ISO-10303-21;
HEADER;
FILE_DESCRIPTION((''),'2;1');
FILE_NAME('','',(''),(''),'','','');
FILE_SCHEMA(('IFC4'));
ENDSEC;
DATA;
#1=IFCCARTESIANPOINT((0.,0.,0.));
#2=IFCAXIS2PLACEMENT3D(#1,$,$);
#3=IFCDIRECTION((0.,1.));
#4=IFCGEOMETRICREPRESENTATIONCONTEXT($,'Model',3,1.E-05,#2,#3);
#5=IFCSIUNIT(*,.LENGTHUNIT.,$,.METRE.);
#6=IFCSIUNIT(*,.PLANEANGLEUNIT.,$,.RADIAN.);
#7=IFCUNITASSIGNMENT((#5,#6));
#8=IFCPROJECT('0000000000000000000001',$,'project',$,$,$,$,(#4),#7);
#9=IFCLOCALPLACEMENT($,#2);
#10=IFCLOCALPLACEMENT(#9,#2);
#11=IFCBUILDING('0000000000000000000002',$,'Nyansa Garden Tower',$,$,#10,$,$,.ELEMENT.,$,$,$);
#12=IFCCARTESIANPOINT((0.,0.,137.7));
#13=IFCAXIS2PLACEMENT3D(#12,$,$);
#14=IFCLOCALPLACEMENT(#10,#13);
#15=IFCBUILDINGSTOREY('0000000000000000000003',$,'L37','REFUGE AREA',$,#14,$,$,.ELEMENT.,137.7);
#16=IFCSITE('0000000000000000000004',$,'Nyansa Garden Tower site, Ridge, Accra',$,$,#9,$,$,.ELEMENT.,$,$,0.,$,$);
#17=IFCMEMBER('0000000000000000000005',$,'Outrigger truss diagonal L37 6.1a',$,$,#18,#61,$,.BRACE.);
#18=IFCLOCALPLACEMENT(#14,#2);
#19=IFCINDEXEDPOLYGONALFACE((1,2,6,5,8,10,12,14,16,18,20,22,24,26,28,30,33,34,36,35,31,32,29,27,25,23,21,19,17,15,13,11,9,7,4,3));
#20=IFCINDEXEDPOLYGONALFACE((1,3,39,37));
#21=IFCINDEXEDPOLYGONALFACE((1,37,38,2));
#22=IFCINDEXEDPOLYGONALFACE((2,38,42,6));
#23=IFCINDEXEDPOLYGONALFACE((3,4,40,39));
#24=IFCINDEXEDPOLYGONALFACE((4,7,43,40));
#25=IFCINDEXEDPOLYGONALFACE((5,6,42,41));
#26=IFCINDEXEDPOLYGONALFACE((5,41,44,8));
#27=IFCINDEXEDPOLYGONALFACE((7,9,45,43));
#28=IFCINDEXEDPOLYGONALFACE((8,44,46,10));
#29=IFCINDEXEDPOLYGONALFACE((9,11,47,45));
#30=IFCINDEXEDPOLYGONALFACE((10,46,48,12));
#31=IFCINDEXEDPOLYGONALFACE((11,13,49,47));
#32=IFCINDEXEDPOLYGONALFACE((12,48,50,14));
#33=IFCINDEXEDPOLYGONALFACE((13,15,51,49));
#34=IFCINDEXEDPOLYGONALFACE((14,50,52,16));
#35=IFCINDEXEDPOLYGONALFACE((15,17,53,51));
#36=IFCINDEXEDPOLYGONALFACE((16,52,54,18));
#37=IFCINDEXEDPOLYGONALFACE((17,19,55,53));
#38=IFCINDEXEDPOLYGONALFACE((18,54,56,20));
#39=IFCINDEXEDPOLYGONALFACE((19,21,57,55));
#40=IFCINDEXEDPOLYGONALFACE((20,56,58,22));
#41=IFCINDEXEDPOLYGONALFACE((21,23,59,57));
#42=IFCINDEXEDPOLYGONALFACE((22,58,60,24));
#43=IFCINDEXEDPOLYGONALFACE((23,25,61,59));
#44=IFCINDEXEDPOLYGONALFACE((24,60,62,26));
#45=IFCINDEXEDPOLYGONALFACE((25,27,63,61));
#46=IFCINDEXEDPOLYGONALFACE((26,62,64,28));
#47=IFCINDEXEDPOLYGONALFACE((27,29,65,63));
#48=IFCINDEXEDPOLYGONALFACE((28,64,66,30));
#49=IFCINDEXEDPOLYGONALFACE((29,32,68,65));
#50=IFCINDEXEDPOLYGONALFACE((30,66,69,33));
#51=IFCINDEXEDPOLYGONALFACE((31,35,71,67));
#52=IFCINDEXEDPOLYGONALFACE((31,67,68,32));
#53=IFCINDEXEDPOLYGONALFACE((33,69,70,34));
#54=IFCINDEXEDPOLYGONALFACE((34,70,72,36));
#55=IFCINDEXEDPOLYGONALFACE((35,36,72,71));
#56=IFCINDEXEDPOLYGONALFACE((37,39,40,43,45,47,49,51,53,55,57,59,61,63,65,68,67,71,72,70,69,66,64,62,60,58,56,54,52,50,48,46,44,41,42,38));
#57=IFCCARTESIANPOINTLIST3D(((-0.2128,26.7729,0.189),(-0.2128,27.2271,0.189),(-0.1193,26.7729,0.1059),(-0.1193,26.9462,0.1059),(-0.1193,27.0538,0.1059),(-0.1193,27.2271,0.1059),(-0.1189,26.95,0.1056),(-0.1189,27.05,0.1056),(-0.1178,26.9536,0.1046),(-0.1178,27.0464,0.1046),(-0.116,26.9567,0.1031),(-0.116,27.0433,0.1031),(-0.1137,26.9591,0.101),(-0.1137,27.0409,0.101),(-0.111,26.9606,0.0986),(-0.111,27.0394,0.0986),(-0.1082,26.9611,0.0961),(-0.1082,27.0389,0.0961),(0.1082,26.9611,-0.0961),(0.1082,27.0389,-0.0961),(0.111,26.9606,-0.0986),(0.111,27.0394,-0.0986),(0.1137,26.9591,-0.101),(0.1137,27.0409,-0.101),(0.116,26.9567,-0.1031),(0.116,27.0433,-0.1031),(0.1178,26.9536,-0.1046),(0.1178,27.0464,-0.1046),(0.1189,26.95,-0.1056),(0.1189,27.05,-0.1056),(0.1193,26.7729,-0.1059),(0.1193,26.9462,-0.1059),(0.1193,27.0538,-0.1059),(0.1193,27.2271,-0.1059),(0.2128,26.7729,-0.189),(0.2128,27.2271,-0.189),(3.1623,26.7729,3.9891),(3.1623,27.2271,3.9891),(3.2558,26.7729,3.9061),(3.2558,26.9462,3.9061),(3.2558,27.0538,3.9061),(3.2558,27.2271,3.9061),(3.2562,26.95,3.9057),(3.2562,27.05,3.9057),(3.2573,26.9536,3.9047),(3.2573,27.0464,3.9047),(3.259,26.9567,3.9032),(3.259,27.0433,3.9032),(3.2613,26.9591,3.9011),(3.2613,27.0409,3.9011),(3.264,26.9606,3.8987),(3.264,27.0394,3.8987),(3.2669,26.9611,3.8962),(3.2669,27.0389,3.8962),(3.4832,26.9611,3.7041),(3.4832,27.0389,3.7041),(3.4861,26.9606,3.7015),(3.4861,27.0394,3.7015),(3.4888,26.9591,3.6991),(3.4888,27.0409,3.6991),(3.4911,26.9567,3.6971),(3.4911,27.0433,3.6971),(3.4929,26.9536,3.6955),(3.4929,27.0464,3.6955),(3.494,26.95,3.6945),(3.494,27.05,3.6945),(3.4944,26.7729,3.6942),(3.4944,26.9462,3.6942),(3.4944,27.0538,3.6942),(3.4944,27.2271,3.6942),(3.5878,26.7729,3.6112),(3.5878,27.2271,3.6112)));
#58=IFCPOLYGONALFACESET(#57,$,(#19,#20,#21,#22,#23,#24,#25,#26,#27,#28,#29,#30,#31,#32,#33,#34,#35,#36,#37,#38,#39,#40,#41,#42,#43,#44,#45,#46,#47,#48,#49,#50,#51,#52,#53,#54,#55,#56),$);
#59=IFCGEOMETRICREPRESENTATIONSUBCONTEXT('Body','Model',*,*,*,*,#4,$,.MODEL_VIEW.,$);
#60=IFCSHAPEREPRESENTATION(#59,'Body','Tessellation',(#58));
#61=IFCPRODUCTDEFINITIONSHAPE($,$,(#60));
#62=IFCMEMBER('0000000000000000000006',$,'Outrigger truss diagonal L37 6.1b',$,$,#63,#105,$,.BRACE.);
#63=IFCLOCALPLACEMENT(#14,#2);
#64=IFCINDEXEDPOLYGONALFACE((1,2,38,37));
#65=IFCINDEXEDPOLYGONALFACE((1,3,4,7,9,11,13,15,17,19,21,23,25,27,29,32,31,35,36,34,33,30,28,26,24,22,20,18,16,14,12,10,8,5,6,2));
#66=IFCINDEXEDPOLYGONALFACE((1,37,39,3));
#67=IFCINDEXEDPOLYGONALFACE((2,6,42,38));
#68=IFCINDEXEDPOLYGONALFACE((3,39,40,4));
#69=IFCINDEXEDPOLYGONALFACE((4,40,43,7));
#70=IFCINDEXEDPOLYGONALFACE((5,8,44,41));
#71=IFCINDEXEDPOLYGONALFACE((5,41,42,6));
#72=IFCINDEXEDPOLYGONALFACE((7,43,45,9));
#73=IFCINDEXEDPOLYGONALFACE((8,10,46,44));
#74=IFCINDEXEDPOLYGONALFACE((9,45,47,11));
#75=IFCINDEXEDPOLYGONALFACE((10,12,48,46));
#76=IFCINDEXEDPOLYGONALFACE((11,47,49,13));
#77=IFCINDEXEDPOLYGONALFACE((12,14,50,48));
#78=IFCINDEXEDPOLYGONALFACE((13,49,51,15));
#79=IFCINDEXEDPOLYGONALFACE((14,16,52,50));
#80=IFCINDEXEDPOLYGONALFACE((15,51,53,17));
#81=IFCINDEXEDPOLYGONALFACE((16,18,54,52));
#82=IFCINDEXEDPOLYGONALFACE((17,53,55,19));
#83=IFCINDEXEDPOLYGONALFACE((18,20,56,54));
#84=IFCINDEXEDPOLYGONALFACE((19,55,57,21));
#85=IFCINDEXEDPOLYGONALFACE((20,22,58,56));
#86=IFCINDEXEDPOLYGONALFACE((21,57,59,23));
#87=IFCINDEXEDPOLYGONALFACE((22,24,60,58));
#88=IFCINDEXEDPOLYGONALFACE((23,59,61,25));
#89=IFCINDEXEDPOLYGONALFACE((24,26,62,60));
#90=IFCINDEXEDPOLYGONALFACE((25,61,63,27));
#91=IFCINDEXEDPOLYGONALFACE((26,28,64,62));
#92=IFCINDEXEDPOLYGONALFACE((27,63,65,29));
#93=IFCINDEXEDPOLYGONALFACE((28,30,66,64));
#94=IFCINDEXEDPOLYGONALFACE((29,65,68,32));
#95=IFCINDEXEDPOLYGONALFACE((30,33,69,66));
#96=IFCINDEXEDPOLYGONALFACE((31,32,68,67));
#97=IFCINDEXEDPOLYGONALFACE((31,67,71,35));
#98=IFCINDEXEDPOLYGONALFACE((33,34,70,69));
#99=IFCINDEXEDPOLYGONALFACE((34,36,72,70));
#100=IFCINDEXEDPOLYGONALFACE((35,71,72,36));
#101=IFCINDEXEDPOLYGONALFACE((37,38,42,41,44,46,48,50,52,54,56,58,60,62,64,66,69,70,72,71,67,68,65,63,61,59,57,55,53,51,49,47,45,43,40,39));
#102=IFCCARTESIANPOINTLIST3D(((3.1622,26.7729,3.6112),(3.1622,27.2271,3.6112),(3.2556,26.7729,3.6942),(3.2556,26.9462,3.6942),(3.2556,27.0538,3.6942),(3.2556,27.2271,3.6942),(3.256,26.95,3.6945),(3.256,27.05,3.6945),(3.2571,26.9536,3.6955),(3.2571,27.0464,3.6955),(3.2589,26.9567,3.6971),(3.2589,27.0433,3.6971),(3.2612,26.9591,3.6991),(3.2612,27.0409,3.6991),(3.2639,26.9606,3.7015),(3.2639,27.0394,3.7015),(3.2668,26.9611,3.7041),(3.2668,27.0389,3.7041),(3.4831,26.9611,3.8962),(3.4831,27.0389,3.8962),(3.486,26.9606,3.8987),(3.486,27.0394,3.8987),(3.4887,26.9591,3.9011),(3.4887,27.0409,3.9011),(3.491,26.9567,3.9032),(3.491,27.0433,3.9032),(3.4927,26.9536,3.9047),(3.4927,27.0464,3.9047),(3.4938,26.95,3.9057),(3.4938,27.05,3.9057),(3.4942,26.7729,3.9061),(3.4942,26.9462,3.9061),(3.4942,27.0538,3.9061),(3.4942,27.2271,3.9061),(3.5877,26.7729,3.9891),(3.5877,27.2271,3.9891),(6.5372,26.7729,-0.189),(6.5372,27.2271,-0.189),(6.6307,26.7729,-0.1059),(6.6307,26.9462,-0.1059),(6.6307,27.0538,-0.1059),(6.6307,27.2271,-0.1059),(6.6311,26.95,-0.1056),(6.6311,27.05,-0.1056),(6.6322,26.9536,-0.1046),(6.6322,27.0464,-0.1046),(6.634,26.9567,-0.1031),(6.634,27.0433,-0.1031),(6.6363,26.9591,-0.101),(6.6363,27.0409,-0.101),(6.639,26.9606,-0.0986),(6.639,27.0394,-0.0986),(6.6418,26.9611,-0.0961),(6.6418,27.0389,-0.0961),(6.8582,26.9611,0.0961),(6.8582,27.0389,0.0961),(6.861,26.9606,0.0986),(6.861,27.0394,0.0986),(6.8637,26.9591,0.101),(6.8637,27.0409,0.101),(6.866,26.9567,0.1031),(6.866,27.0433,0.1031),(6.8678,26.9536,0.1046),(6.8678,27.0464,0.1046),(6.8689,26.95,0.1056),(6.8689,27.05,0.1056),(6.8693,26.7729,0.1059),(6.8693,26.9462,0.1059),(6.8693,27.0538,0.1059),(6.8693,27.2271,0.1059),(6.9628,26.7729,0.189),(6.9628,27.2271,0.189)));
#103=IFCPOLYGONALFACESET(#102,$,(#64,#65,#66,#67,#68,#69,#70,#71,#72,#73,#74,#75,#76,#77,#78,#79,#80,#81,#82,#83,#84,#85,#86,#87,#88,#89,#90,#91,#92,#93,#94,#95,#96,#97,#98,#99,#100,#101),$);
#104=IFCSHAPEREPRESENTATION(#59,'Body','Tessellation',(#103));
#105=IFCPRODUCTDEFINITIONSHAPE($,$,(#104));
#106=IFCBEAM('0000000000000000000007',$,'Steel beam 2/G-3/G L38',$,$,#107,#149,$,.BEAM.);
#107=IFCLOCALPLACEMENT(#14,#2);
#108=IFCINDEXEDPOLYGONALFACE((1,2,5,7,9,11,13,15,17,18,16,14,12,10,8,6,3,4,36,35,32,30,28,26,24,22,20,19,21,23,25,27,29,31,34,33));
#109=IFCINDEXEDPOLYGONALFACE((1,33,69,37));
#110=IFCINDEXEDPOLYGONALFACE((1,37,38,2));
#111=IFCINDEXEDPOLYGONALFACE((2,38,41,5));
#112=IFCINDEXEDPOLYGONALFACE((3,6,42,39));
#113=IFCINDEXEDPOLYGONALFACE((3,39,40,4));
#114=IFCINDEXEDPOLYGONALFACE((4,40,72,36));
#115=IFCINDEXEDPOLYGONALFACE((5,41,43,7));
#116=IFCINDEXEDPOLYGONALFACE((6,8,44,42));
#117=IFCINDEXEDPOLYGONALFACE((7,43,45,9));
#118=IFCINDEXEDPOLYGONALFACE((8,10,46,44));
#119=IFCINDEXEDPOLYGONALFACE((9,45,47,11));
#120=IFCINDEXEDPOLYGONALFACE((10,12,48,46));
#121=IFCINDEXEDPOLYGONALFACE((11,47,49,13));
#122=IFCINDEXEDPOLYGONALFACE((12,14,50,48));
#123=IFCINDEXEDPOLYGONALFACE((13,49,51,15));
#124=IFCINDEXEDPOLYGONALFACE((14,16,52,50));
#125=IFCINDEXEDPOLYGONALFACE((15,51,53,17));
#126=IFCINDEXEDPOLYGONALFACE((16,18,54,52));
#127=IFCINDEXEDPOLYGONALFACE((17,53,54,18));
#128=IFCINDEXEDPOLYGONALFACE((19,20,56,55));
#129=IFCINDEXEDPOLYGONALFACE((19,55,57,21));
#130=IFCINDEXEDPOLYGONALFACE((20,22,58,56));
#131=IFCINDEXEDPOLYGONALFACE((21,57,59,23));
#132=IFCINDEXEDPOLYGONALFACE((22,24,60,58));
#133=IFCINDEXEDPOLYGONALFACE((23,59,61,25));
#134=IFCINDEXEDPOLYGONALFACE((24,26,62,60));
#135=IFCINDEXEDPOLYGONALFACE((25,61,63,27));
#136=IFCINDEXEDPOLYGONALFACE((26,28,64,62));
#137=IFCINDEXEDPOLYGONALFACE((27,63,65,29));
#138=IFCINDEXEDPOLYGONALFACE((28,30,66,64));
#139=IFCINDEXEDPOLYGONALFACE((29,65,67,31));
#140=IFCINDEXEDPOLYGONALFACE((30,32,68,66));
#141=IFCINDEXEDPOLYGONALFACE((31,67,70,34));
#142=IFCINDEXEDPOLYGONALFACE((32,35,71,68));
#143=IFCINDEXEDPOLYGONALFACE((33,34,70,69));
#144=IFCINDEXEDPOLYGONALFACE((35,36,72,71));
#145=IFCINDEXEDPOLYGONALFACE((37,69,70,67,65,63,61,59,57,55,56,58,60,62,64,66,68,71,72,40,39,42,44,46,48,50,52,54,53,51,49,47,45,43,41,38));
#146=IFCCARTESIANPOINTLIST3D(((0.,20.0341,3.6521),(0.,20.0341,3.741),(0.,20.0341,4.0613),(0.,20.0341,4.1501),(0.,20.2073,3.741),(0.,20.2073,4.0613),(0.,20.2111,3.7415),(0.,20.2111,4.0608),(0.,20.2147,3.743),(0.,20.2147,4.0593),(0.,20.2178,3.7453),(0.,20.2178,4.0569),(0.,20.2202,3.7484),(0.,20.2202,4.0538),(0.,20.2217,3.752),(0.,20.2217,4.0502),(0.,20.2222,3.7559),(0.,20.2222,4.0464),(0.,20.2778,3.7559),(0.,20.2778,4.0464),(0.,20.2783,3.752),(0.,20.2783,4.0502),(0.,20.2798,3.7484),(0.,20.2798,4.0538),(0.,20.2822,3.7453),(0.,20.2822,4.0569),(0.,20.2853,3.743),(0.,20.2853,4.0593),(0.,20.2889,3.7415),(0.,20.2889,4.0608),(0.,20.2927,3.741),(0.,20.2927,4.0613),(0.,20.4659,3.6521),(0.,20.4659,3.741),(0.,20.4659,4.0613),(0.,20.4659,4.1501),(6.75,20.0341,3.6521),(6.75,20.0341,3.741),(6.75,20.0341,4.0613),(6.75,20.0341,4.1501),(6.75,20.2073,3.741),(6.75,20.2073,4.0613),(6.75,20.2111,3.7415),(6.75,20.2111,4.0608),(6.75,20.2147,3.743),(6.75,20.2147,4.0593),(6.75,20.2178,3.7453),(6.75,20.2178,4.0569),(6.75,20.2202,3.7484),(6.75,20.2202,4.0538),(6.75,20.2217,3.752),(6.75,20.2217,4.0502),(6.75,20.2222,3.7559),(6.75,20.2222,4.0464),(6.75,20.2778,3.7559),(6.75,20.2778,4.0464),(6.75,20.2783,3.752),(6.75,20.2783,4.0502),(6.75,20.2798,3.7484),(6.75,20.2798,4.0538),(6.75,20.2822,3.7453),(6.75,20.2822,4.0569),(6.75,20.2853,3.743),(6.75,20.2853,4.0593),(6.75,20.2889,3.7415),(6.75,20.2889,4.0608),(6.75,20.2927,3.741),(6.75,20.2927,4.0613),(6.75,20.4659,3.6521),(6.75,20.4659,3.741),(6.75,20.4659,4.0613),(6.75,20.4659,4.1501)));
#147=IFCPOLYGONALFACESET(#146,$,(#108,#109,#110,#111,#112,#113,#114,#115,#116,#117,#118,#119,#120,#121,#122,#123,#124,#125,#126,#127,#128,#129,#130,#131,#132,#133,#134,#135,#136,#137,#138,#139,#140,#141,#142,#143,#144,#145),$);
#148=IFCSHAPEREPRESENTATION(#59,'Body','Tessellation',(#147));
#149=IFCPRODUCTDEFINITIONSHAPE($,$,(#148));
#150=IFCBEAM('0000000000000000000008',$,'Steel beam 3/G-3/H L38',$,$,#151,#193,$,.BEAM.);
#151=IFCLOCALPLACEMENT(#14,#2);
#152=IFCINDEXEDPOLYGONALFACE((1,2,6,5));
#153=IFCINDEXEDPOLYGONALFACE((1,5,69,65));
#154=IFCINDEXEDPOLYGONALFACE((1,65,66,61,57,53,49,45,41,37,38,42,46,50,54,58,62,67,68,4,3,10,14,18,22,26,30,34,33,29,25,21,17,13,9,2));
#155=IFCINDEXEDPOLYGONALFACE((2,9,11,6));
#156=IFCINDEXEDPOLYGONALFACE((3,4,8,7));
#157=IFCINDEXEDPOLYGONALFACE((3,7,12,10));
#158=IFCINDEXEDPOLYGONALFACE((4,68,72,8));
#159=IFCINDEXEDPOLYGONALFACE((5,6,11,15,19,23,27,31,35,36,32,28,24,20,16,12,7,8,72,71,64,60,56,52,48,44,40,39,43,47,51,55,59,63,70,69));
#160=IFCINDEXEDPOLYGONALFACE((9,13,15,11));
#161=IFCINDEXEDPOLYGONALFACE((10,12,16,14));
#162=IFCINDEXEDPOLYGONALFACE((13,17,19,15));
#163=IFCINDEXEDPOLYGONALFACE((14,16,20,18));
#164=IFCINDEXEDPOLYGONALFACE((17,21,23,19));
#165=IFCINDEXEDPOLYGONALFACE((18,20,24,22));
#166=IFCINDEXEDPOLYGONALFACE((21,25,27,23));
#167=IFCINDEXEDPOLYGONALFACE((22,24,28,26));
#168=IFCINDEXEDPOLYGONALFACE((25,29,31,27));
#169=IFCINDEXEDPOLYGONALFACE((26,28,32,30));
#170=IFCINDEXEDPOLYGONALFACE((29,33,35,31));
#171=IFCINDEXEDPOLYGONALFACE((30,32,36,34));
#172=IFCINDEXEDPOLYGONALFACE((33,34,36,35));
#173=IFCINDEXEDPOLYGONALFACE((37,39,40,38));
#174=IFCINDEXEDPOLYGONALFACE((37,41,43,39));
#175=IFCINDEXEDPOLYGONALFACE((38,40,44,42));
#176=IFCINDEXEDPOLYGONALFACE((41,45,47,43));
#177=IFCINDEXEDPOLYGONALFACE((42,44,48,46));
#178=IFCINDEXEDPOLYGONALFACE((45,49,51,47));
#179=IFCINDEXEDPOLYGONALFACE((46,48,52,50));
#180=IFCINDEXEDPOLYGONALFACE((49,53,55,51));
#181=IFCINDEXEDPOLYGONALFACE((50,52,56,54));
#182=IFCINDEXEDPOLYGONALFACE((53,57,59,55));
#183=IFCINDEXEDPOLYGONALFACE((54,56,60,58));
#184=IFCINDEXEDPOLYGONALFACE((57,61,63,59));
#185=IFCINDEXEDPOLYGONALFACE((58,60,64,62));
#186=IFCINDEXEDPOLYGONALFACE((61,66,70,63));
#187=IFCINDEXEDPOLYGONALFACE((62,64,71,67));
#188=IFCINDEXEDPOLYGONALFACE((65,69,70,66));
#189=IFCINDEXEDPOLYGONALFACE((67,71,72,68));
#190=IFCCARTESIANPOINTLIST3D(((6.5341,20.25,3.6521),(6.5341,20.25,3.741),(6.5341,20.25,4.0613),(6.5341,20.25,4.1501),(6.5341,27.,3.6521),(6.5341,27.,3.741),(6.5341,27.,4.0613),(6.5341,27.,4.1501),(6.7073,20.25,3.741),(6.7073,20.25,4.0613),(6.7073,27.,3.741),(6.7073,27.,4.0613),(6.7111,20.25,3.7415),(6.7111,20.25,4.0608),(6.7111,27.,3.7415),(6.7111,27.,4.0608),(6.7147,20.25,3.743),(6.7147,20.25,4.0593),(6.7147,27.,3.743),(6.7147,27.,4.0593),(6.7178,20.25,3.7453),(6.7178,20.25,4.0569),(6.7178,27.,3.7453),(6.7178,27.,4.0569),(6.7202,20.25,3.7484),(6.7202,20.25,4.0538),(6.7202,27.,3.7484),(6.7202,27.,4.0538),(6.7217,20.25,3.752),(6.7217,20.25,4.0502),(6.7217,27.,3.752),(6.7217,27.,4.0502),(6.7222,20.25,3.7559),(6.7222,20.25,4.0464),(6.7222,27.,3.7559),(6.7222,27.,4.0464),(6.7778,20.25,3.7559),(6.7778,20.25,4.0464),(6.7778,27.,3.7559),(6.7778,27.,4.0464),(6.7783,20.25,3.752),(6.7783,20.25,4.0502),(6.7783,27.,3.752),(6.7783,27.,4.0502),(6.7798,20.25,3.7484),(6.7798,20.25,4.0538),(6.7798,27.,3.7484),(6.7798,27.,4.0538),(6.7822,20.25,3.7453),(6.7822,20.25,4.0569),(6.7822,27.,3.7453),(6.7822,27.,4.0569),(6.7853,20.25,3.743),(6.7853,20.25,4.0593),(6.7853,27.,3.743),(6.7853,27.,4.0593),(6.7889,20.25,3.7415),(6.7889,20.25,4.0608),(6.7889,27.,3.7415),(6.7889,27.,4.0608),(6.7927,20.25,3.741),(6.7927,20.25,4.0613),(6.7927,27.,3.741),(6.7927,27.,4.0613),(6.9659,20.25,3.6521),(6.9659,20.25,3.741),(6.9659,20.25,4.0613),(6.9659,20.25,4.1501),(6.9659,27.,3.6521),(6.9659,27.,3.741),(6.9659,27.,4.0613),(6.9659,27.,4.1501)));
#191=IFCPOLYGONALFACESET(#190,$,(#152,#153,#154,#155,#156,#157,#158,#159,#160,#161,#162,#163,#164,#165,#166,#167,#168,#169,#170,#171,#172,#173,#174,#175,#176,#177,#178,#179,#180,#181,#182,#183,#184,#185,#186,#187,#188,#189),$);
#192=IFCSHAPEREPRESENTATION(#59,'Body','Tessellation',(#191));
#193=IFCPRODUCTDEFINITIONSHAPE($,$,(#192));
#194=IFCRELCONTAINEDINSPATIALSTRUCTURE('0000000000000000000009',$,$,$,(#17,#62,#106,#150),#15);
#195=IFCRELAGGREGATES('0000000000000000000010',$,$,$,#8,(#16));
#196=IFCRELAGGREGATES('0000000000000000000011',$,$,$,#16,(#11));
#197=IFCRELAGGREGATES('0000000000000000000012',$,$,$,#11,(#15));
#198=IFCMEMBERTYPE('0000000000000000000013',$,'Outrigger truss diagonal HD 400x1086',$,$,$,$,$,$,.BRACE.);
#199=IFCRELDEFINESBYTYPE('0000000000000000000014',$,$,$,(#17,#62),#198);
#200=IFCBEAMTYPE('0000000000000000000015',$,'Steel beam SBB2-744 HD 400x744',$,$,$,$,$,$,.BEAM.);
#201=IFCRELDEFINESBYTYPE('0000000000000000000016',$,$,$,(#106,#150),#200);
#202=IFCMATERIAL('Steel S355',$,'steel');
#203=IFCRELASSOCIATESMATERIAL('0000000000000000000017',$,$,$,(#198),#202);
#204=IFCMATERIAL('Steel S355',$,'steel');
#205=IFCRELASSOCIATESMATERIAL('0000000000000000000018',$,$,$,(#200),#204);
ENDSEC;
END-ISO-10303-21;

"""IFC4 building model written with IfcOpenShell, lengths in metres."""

from ifc_helpers import new_model, si_unit, direction, frame, origin, origin_2d, place, context, subcontext, project, spatial, i_section, extrude, material, material_profile, profile_set, type_object, element, save


model = new_model("IFC4")

# Units and contexts
model_context = context("Model", 3, precision=1e-05, world=origin(), true_north=direction((0.0, 1.0)))
body_context = subcontext(model_context, "Body", "Model", "MODEL_VIEW")
ifc_project = project(units=[si_unit("LENGTHUNIT", "METRE"), si_unit("PLANEANGLEUNIT", "RADIAN")], contexts=[model_context])

# Site, building, storey
site_placement = place(None, origin())
site = spatial("IfcSite", under=ifc_project, at=site_placement, Name="Nyansa Garden Tower site, Ridge, Accra", CompositionType="ELEMENT", RefElevation=0.0)
building_placement = place(site_placement, origin())
building = spatial("IfcBuilding", under=site, at=building_placement, Name="Nyansa Garden Tower", CompositionType="ELEMENT")
storey_placement = place(building_placement, frame((0.0, 0.0, 137.7)))
storey = spatial("IfcBuildingStorey", under=building, at=storey_placement, Name="L37", Description="REFUGE AREA", CompositionType="ELEMENT", Elevation=137.7)

# Members
ifc_material_1 = material(Name="Steel S355", Category="steel")
ifc_material_profile_1 = material_profile(ifc_material_1, i_section(OverallWidth=0.4541, OverallDepth=0.5691, WebThickness=0.0779, FlangeThickness=0.125, FilletRadius=0.0149, at=origin_2d()), Name="HD 400x1086")
ifc_profile_set_1 = profile_set([ifc_material_profile_1], Name="Steel S355")
member_type_1 = type_object("IfcMemberType", Name="Outrigger truss diagonal HD 400x1086", PredefinedType="BRACE", material=ifc_profile_set_1)
for number, where, z_axis, x_axis, name in (
    (1, (0.0, 27.0, 0.0), (0.664054, 0.0, 0.747685), (0.0, 1.0, 0.0), "Outrigger truss diagonal L37 6.1a"),
    (2, (6.75, 27.0, 0.0), (-0.664054, 0.0, 0.747685), (0.0, -1.0, 0.0), "Outrigger truss diagonal L37 6.1b"),
):
    element("IfcMember", number, at=place(storey_placement, frame(where, z_axis=z_axis, x_axis=x_axis)), inside=storey, type_object=member_type_1, Name=name, PredefinedType="BRACE", context=body_context, shape_type="SweptSolid", body=[
        extrude(i_section(OverallWidth=0.4541, OverallDepth=0.5691, WebThickness=0.0779, FlangeThickness=0.125, FilletRadius=0.0149, at=origin_2d()), origin(), (0.0, 0.0, 1.0), 5.0825),
    ])

# Beams
ifc_material_2 = material(Name="Steel S355", Category="steel")
ifc_material_profile_2 = material_profile(ifc_material_2, i_section(OverallWidth=0.4319, OverallDepth=0.498, WebThickness=0.0557, FlangeThickness=0.0889, FilletRadius=0.0149, at=origin_2d()), Name="HD 400x744")
ifc_profile_set_2 = profile_set([ifc_material_profile_2], Name="Steel S355")
beam_type_1 = type_object("IfcBeamType", Name="Steel beam SBB2-744 HD 400x744", PredefinedType="BEAM", material=ifc_profile_set_2)
for number, where, z_axis, x_axis, name in (
    (3, (0.0, 20.25, 3.9011), (1.0, 0.0, 0.0), (0.0, 1.0, 0.0), "Steel beam 2/G-3/G L38"),
    (4, (6.75, 20.25, 3.9011), (0.0, 1.0, 0.0), (-1.0, 0.0, 0.0), "Steel beam 3/G-3/H L38"),
):
    element("IfcBeam", number, at=place(storey_placement, frame(where, z_axis=z_axis, x_axis=x_axis)), inside=storey, type_object=beam_type_1, Name=name, PredefinedType="BEAM", context=body_context, shape_type="SweptSolid", body=[
        extrude(i_section(OverallWidth=0.4319, OverallDepth=0.498, WebThickness=0.0557, FlangeThickness=0.0889, FilletRadius=0.0149, at=origin_2d()), origin(), (0.0, 0.0, 1.0), 6.75),
    ])

save(model, "model.ifc")
